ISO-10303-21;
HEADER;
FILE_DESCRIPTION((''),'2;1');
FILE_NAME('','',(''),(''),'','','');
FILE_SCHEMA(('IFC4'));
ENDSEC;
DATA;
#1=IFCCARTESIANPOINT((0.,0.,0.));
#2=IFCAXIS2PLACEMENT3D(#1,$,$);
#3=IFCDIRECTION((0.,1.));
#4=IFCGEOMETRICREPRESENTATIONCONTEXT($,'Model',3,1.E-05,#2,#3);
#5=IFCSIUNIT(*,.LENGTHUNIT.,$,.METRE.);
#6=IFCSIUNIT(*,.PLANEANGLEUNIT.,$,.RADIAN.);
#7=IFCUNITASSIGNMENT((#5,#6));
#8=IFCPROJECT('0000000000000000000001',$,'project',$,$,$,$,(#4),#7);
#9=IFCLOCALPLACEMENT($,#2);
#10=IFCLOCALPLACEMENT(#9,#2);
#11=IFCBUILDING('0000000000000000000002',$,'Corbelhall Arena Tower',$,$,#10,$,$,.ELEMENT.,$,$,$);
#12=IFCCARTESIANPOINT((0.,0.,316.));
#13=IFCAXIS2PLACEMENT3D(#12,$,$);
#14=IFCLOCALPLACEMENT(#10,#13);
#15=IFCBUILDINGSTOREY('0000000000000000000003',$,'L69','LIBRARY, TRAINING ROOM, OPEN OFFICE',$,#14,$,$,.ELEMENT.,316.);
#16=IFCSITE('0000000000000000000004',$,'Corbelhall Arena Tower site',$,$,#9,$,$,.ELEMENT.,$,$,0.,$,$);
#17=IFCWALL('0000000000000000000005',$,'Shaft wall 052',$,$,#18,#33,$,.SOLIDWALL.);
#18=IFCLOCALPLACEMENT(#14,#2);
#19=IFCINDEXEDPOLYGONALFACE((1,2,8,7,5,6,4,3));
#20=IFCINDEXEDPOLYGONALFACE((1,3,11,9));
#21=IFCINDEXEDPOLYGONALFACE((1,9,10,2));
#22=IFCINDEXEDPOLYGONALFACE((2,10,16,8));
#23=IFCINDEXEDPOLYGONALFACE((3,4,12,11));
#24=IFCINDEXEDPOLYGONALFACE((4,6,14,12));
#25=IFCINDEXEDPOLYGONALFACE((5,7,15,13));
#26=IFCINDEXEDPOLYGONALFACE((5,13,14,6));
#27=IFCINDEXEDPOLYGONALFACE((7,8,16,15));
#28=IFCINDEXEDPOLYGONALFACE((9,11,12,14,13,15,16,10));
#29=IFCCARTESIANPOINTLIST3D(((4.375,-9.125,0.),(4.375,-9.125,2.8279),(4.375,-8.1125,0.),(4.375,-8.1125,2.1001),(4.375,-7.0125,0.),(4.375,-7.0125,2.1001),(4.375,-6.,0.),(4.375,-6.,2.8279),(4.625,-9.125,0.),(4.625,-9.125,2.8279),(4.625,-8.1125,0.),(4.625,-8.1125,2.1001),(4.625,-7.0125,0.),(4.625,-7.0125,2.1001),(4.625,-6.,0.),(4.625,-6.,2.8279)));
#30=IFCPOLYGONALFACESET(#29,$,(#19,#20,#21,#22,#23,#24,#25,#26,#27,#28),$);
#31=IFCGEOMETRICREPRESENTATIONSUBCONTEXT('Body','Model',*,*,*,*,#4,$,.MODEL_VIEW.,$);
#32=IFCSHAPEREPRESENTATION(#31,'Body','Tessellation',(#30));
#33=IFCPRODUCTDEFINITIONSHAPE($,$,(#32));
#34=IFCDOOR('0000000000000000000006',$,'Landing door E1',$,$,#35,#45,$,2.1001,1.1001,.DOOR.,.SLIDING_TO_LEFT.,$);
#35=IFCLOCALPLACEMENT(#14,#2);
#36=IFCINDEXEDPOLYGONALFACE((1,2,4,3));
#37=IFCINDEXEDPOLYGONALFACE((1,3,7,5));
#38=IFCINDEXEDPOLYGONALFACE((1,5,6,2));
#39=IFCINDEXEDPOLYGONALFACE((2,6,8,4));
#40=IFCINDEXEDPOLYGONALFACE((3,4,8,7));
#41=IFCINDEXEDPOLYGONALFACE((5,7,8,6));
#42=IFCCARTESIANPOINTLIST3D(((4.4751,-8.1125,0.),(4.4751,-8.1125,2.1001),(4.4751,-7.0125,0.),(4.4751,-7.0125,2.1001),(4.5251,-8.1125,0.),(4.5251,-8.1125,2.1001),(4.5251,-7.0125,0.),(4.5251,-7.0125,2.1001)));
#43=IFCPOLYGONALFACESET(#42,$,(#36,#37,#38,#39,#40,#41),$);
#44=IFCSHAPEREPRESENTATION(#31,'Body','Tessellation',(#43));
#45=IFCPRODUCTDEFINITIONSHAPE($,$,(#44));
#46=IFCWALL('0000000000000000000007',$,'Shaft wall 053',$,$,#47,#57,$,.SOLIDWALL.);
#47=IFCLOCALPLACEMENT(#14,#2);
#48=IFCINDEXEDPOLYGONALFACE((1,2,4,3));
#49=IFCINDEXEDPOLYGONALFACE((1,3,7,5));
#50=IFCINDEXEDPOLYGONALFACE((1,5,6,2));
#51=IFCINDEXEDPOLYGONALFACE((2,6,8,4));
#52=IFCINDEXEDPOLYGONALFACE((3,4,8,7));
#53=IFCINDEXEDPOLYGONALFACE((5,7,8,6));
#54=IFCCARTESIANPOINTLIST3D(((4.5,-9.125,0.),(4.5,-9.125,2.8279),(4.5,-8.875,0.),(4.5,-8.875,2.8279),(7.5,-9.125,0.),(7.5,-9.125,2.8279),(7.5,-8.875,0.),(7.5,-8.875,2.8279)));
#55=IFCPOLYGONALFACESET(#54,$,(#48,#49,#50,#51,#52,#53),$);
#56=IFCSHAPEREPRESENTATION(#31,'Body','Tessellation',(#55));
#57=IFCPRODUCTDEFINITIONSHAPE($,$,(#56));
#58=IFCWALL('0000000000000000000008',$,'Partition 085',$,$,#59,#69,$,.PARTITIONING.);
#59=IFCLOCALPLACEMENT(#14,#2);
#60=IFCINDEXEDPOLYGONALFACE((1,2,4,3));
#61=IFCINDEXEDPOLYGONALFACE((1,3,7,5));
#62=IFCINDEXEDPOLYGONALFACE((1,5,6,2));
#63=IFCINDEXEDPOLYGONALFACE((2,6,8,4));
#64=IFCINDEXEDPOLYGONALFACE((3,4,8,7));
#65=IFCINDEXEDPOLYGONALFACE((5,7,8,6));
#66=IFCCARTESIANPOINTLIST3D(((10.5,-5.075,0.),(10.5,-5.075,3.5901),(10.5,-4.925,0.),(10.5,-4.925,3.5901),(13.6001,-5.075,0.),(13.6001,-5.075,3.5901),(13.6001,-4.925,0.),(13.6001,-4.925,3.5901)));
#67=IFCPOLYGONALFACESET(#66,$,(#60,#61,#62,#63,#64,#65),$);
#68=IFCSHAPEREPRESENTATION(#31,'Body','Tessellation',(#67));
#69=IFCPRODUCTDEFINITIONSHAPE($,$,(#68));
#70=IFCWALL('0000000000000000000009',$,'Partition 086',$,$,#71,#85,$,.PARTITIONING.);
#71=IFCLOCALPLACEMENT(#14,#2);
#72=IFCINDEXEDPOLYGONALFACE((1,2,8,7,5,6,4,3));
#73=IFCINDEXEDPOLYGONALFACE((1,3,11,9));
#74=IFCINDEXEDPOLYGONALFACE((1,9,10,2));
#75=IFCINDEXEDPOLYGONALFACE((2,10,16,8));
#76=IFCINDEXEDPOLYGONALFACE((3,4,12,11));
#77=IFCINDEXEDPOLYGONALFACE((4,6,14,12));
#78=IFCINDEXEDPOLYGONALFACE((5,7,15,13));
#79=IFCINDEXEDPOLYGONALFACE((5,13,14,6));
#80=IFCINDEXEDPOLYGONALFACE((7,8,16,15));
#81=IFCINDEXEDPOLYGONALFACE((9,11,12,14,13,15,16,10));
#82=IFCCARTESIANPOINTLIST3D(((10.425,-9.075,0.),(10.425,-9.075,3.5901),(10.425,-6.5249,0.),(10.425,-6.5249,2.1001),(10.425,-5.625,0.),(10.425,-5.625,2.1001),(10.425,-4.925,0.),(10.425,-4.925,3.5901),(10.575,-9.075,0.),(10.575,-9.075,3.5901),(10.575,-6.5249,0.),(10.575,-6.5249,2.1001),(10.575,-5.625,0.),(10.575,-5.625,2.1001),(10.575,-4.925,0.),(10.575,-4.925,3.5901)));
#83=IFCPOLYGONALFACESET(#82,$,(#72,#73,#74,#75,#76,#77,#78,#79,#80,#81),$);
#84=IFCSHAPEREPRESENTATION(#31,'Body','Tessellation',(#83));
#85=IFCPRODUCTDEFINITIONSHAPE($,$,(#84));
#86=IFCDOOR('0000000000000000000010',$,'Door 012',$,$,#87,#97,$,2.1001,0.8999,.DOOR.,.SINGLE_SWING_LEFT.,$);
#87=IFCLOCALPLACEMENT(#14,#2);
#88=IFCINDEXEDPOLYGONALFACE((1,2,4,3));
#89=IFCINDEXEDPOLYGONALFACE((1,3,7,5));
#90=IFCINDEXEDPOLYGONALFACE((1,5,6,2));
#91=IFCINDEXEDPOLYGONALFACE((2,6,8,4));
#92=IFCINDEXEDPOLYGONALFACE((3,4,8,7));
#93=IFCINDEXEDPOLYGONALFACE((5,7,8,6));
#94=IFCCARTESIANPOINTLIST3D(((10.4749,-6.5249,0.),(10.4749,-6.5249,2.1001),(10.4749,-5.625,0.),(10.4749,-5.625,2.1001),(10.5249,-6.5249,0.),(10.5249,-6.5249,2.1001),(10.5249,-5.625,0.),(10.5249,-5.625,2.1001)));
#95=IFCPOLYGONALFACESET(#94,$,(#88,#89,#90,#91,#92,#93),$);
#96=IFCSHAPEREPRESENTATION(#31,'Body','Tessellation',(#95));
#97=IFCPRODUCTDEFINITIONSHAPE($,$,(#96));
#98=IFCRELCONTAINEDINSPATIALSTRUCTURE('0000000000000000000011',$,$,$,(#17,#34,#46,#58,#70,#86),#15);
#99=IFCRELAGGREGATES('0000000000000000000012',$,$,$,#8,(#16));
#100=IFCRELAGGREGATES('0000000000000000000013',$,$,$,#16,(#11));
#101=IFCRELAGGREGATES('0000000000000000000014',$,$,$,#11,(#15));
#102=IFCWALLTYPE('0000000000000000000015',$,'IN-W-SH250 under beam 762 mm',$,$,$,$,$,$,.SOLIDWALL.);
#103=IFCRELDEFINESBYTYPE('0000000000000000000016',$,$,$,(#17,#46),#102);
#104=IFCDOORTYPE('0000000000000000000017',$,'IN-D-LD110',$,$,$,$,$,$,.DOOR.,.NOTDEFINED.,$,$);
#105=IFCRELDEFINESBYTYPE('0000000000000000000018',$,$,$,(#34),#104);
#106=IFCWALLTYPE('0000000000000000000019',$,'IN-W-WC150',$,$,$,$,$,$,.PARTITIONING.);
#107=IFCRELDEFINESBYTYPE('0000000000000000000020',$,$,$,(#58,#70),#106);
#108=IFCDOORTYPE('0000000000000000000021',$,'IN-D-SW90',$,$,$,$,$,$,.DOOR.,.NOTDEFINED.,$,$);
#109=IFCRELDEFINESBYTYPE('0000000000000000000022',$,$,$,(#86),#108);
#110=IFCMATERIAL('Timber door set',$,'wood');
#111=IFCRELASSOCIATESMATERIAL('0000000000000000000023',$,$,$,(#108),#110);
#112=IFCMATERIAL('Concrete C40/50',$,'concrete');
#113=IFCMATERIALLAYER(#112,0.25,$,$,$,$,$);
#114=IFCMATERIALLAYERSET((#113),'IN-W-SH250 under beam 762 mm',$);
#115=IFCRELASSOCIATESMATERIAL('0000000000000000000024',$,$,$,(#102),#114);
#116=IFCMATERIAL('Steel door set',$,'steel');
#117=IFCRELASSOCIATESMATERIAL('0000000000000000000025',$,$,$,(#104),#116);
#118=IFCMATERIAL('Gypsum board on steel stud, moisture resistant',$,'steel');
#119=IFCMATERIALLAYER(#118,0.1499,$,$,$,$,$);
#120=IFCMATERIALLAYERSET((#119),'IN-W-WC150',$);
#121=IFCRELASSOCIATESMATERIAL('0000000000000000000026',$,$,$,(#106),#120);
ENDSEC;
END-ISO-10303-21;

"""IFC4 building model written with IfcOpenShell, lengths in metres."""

from ifc_helpers import new_model, si_unit, direction, frame, frame_2d, origin, place, context, subcontext, project, spatial, rectangle, extrude, material, layer, layer_set, type_object, element, fill, save


model = new_model("IFC4")

# Units and contexts
model_context = context("Model", 3, precision=1e-05, world=origin(), true_north=direction((0.0, 1.0)))
body_context = subcontext(model_context, "Body", "Model", "MODEL_VIEW")
ifc_project = project(units=[si_unit("LENGTHUNIT", "METRE"), si_unit("PLANEANGLEUNIT", "RADIAN")], contexts=[model_context])

# Site, building, storey
site_placement = place(None, origin())
site = spatial("IfcSite", under=ifc_project, at=site_placement, Name="Corbelhall Arena Tower site", CompositionType="ELEMENT", RefElevation=0.0)
building_placement = place(site_placement, origin())
building = spatial("IfcBuilding", under=site, at=building_placement, Name="Corbelhall Arena Tower", CompositionType="ELEMENT")
storey_placement = place(building_placement, frame((0.0, 0.0, 316.0)))
storey = spatial("IfcBuildingStorey", under=building, at=storey_placement, Name="L69", Description="LIBRARY, TRAINING ROOM, OPEN OFFICE", CompositionType="ELEMENT", Elevation=316.0)

# Shared definitions
ifc_material_1 = material(Name="Concrete C40/50", Category="concrete")

# Shared definitions
ifc_material_2 = material(Name="Timber door set", Category="wood")
door_type_1 = type_object("IfcDoorType", Name="IN-D-SW90", OperationType="NOTDEFINED", PredefinedType="DOOR", material=ifc_material_2)

# Shared definitions
ifc_material_3 = material(Name="Steel door set", Category="steel")

# Wall, opening, door
ifc_layer_1 = layer(ifc_material_1, 0.25)
ifc_layer_set_1 = layer_set([ifc_layer_1], Name="IN-W-SH250 under beam 762 mm")
wall_type_1 = type_object("IfcWallType", Name="IN-W-SH250 under beam 762 mm", PredefinedType="SOLIDWALL", material=ifc_layer_set_1)
wall_1_placement = place(storey_placement, frame((4.5, -9.125, 0.0), z_axis=(0.0, 0.0, 1.0), x_axis=(0.0, 1.0, 0.0)))
wall_1 = element("IfcWall", 1, at=wall_1_placement, inside=storey, type_object=wall_type_1, Name="Shaft wall 052", PredefinedType="SOLIDWALL", context=body_context, shape_type="SweptSolid", body=[
    extrude(rectangle(XDim=3.125, YDim=0.25, at=frame_2d((1.5625, 0.0))), origin(), (0.0, 0.0, 1.0), 2.8279),
])
opening_1_placement = place(wall_1_placement, frame((1.0125, 0.0, 0.0)))
opening_1 = element("IfcOpeningElement", 2, at=opening_1_placement, cuts=wall_1, PredefinedType="OPENING", context=body_context, shape_type="SweptSolid", body=[
    extrude(rectangle(XDim=1.1001, YDim=2.1001, at=frame_2d((0.55, 1.05))), frame((0.0, 0.125, 0.0), z_axis=(0.0, -1.0, 0.0), x_axis=(1.0, 0.0, 0.0)), (0.0, 0.0, 1.0), 0.25),
])
door_type_2 = type_object("IfcDoorType", Name="IN-D-LD110", OperationType="NOTDEFINED", PredefinedType="DOOR", material=ifc_material_3)
door_1_placement = place(opening_1_placement, origin())
door_1 = element("IfcDoor", 3, at=door_1_placement, inside=storey, type_object=door_type_2, Name="Landing door E1", OperationType="SLIDING_TO_LEFT", OverallHeight=2.1001, OverallWidth=1.1001, PredefinedType="DOOR", context=body_context, shape_type="SweptSolid", body=[
    extrude(rectangle(XDim=1.1001, YDim=2.1001, at=frame_2d((0.55, 1.05))), frame((0.0, 0.0249, 0.0), z_axis=(0.0, -1.0, 0.0), x_axis=(1.0, 0.0, 0.0)), (0.0, 0.0, 1.0), 0.05),
])
fill(opening_1, door_1)

# Walls
wall_2_placement = place(storey_placement, frame((7.5, -9.0, 0.0), z_axis=(0.0, 0.0, 1.0), x_axis=(-1.0, 0.0, 0.0)))
element("IfcWall", 4, at=wall_2_placement, inside=storey, type_object=wall_type_1, Name="Shaft wall 053", PredefinedType="SOLIDWALL", context=body_context, shape_type="SweptSolid", body=[
    extrude(rectangle(XDim=3.0, YDim=0.25, at=frame_2d((1.5, 0.0))), origin(), (0.0, 0.0, 1.0), 2.8279),
])
ifc_material_4 = material(Name="Gypsum board on steel stud, moisture resistant", Category="steel")
ifc_layer_2 = layer(ifc_material_4, 0.1499)
ifc_layer_set_2 = layer_set([ifc_layer_2], Name="IN-W-WC150")
wall_type_2 = type_object("IfcWallType", Name="IN-W-WC150", PredefinedType="PARTITIONING", material=ifc_layer_set_2)
wall_3_placement = place(storey_placement, frame((10.5, -5.0, 0.0), z_axis=(0.0, 0.0, 1.0), x_axis=(1.0, 0.0, 0.0)))
element("IfcWall", 5, at=wall_3_placement, inside=storey, type_object=wall_type_2, Name="Partition 085", PredefinedType="PARTITIONING", context=body_context, shape_type="SweptSolid", body=[
    extrude(rectangle(XDim=3.1001, YDim=0.1499, at=frame_2d((1.55, 0.0))), origin(), (0.0, 0.0, 1.0), 3.5901),
])

# Wall, opening, door
wall_4_placement = place(storey_placement, frame((10.5, -4.925, 0.0), z_axis=(0.0, 0.0, 1.0), x_axis=(0.0, -1.0, 0.0)))
wall_4 = element("IfcWall", 6, at=wall_4_placement, inside=storey, type_object=wall_type_2, Name="Partition 086", PredefinedType="PARTITIONING", context=body_context, shape_type="SweptSolid", body=[
    extrude(rectangle(XDim=4.1499, YDim=0.1499, at=frame_2d((2.075, 0.0))), origin(), (0.0, 0.0, 1.0), 3.5901),
])
opening_2_placement = place(wall_4_placement, frame((0.7, 0.0, 0.0)))
opening_2 = element("IfcOpeningElement", 7, at=opening_2_placement, cuts=wall_4, PredefinedType="OPENING", context=body_context, shape_type="SweptSolid", body=[
    extrude(rectangle(XDim=0.8999, YDim=2.1001, at=frame_2d((0.45, 1.05))), frame((0.0, 0.075, 0.0), z_axis=(0.0, -1.0, 0.0), x_axis=(1.0, 0.0, 0.0)), (0.0, 0.0, 1.0), 0.1499),
])
door_2_placement = place(opening_2_placement, origin())
door_2 = element("IfcDoor", 8, at=door_2_placement, inside=storey, type_object=door_type_1, Name="Door 012", OperationType="SINGLE_SWING_LEFT", OverallHeight=2.1001, OverallWidth=0.8999, PredefinedType="DOOR", context=body_context, shape_type="SweptSolid", body=[
    extrude(rectangle(XDim=0.8999, YDim=2.1001, at=frame_2d((0.45, 1.05))), frame((0.0, 0.0249, 0.0), z_axis=(0.0, -1.0, 0.0), x_axis=(1.0, 0.0, 0.0)), (0.0, 0.0, 1.0), 0.05),
])
fill(opening_2, door_2)

save(model, "model.ifc")
